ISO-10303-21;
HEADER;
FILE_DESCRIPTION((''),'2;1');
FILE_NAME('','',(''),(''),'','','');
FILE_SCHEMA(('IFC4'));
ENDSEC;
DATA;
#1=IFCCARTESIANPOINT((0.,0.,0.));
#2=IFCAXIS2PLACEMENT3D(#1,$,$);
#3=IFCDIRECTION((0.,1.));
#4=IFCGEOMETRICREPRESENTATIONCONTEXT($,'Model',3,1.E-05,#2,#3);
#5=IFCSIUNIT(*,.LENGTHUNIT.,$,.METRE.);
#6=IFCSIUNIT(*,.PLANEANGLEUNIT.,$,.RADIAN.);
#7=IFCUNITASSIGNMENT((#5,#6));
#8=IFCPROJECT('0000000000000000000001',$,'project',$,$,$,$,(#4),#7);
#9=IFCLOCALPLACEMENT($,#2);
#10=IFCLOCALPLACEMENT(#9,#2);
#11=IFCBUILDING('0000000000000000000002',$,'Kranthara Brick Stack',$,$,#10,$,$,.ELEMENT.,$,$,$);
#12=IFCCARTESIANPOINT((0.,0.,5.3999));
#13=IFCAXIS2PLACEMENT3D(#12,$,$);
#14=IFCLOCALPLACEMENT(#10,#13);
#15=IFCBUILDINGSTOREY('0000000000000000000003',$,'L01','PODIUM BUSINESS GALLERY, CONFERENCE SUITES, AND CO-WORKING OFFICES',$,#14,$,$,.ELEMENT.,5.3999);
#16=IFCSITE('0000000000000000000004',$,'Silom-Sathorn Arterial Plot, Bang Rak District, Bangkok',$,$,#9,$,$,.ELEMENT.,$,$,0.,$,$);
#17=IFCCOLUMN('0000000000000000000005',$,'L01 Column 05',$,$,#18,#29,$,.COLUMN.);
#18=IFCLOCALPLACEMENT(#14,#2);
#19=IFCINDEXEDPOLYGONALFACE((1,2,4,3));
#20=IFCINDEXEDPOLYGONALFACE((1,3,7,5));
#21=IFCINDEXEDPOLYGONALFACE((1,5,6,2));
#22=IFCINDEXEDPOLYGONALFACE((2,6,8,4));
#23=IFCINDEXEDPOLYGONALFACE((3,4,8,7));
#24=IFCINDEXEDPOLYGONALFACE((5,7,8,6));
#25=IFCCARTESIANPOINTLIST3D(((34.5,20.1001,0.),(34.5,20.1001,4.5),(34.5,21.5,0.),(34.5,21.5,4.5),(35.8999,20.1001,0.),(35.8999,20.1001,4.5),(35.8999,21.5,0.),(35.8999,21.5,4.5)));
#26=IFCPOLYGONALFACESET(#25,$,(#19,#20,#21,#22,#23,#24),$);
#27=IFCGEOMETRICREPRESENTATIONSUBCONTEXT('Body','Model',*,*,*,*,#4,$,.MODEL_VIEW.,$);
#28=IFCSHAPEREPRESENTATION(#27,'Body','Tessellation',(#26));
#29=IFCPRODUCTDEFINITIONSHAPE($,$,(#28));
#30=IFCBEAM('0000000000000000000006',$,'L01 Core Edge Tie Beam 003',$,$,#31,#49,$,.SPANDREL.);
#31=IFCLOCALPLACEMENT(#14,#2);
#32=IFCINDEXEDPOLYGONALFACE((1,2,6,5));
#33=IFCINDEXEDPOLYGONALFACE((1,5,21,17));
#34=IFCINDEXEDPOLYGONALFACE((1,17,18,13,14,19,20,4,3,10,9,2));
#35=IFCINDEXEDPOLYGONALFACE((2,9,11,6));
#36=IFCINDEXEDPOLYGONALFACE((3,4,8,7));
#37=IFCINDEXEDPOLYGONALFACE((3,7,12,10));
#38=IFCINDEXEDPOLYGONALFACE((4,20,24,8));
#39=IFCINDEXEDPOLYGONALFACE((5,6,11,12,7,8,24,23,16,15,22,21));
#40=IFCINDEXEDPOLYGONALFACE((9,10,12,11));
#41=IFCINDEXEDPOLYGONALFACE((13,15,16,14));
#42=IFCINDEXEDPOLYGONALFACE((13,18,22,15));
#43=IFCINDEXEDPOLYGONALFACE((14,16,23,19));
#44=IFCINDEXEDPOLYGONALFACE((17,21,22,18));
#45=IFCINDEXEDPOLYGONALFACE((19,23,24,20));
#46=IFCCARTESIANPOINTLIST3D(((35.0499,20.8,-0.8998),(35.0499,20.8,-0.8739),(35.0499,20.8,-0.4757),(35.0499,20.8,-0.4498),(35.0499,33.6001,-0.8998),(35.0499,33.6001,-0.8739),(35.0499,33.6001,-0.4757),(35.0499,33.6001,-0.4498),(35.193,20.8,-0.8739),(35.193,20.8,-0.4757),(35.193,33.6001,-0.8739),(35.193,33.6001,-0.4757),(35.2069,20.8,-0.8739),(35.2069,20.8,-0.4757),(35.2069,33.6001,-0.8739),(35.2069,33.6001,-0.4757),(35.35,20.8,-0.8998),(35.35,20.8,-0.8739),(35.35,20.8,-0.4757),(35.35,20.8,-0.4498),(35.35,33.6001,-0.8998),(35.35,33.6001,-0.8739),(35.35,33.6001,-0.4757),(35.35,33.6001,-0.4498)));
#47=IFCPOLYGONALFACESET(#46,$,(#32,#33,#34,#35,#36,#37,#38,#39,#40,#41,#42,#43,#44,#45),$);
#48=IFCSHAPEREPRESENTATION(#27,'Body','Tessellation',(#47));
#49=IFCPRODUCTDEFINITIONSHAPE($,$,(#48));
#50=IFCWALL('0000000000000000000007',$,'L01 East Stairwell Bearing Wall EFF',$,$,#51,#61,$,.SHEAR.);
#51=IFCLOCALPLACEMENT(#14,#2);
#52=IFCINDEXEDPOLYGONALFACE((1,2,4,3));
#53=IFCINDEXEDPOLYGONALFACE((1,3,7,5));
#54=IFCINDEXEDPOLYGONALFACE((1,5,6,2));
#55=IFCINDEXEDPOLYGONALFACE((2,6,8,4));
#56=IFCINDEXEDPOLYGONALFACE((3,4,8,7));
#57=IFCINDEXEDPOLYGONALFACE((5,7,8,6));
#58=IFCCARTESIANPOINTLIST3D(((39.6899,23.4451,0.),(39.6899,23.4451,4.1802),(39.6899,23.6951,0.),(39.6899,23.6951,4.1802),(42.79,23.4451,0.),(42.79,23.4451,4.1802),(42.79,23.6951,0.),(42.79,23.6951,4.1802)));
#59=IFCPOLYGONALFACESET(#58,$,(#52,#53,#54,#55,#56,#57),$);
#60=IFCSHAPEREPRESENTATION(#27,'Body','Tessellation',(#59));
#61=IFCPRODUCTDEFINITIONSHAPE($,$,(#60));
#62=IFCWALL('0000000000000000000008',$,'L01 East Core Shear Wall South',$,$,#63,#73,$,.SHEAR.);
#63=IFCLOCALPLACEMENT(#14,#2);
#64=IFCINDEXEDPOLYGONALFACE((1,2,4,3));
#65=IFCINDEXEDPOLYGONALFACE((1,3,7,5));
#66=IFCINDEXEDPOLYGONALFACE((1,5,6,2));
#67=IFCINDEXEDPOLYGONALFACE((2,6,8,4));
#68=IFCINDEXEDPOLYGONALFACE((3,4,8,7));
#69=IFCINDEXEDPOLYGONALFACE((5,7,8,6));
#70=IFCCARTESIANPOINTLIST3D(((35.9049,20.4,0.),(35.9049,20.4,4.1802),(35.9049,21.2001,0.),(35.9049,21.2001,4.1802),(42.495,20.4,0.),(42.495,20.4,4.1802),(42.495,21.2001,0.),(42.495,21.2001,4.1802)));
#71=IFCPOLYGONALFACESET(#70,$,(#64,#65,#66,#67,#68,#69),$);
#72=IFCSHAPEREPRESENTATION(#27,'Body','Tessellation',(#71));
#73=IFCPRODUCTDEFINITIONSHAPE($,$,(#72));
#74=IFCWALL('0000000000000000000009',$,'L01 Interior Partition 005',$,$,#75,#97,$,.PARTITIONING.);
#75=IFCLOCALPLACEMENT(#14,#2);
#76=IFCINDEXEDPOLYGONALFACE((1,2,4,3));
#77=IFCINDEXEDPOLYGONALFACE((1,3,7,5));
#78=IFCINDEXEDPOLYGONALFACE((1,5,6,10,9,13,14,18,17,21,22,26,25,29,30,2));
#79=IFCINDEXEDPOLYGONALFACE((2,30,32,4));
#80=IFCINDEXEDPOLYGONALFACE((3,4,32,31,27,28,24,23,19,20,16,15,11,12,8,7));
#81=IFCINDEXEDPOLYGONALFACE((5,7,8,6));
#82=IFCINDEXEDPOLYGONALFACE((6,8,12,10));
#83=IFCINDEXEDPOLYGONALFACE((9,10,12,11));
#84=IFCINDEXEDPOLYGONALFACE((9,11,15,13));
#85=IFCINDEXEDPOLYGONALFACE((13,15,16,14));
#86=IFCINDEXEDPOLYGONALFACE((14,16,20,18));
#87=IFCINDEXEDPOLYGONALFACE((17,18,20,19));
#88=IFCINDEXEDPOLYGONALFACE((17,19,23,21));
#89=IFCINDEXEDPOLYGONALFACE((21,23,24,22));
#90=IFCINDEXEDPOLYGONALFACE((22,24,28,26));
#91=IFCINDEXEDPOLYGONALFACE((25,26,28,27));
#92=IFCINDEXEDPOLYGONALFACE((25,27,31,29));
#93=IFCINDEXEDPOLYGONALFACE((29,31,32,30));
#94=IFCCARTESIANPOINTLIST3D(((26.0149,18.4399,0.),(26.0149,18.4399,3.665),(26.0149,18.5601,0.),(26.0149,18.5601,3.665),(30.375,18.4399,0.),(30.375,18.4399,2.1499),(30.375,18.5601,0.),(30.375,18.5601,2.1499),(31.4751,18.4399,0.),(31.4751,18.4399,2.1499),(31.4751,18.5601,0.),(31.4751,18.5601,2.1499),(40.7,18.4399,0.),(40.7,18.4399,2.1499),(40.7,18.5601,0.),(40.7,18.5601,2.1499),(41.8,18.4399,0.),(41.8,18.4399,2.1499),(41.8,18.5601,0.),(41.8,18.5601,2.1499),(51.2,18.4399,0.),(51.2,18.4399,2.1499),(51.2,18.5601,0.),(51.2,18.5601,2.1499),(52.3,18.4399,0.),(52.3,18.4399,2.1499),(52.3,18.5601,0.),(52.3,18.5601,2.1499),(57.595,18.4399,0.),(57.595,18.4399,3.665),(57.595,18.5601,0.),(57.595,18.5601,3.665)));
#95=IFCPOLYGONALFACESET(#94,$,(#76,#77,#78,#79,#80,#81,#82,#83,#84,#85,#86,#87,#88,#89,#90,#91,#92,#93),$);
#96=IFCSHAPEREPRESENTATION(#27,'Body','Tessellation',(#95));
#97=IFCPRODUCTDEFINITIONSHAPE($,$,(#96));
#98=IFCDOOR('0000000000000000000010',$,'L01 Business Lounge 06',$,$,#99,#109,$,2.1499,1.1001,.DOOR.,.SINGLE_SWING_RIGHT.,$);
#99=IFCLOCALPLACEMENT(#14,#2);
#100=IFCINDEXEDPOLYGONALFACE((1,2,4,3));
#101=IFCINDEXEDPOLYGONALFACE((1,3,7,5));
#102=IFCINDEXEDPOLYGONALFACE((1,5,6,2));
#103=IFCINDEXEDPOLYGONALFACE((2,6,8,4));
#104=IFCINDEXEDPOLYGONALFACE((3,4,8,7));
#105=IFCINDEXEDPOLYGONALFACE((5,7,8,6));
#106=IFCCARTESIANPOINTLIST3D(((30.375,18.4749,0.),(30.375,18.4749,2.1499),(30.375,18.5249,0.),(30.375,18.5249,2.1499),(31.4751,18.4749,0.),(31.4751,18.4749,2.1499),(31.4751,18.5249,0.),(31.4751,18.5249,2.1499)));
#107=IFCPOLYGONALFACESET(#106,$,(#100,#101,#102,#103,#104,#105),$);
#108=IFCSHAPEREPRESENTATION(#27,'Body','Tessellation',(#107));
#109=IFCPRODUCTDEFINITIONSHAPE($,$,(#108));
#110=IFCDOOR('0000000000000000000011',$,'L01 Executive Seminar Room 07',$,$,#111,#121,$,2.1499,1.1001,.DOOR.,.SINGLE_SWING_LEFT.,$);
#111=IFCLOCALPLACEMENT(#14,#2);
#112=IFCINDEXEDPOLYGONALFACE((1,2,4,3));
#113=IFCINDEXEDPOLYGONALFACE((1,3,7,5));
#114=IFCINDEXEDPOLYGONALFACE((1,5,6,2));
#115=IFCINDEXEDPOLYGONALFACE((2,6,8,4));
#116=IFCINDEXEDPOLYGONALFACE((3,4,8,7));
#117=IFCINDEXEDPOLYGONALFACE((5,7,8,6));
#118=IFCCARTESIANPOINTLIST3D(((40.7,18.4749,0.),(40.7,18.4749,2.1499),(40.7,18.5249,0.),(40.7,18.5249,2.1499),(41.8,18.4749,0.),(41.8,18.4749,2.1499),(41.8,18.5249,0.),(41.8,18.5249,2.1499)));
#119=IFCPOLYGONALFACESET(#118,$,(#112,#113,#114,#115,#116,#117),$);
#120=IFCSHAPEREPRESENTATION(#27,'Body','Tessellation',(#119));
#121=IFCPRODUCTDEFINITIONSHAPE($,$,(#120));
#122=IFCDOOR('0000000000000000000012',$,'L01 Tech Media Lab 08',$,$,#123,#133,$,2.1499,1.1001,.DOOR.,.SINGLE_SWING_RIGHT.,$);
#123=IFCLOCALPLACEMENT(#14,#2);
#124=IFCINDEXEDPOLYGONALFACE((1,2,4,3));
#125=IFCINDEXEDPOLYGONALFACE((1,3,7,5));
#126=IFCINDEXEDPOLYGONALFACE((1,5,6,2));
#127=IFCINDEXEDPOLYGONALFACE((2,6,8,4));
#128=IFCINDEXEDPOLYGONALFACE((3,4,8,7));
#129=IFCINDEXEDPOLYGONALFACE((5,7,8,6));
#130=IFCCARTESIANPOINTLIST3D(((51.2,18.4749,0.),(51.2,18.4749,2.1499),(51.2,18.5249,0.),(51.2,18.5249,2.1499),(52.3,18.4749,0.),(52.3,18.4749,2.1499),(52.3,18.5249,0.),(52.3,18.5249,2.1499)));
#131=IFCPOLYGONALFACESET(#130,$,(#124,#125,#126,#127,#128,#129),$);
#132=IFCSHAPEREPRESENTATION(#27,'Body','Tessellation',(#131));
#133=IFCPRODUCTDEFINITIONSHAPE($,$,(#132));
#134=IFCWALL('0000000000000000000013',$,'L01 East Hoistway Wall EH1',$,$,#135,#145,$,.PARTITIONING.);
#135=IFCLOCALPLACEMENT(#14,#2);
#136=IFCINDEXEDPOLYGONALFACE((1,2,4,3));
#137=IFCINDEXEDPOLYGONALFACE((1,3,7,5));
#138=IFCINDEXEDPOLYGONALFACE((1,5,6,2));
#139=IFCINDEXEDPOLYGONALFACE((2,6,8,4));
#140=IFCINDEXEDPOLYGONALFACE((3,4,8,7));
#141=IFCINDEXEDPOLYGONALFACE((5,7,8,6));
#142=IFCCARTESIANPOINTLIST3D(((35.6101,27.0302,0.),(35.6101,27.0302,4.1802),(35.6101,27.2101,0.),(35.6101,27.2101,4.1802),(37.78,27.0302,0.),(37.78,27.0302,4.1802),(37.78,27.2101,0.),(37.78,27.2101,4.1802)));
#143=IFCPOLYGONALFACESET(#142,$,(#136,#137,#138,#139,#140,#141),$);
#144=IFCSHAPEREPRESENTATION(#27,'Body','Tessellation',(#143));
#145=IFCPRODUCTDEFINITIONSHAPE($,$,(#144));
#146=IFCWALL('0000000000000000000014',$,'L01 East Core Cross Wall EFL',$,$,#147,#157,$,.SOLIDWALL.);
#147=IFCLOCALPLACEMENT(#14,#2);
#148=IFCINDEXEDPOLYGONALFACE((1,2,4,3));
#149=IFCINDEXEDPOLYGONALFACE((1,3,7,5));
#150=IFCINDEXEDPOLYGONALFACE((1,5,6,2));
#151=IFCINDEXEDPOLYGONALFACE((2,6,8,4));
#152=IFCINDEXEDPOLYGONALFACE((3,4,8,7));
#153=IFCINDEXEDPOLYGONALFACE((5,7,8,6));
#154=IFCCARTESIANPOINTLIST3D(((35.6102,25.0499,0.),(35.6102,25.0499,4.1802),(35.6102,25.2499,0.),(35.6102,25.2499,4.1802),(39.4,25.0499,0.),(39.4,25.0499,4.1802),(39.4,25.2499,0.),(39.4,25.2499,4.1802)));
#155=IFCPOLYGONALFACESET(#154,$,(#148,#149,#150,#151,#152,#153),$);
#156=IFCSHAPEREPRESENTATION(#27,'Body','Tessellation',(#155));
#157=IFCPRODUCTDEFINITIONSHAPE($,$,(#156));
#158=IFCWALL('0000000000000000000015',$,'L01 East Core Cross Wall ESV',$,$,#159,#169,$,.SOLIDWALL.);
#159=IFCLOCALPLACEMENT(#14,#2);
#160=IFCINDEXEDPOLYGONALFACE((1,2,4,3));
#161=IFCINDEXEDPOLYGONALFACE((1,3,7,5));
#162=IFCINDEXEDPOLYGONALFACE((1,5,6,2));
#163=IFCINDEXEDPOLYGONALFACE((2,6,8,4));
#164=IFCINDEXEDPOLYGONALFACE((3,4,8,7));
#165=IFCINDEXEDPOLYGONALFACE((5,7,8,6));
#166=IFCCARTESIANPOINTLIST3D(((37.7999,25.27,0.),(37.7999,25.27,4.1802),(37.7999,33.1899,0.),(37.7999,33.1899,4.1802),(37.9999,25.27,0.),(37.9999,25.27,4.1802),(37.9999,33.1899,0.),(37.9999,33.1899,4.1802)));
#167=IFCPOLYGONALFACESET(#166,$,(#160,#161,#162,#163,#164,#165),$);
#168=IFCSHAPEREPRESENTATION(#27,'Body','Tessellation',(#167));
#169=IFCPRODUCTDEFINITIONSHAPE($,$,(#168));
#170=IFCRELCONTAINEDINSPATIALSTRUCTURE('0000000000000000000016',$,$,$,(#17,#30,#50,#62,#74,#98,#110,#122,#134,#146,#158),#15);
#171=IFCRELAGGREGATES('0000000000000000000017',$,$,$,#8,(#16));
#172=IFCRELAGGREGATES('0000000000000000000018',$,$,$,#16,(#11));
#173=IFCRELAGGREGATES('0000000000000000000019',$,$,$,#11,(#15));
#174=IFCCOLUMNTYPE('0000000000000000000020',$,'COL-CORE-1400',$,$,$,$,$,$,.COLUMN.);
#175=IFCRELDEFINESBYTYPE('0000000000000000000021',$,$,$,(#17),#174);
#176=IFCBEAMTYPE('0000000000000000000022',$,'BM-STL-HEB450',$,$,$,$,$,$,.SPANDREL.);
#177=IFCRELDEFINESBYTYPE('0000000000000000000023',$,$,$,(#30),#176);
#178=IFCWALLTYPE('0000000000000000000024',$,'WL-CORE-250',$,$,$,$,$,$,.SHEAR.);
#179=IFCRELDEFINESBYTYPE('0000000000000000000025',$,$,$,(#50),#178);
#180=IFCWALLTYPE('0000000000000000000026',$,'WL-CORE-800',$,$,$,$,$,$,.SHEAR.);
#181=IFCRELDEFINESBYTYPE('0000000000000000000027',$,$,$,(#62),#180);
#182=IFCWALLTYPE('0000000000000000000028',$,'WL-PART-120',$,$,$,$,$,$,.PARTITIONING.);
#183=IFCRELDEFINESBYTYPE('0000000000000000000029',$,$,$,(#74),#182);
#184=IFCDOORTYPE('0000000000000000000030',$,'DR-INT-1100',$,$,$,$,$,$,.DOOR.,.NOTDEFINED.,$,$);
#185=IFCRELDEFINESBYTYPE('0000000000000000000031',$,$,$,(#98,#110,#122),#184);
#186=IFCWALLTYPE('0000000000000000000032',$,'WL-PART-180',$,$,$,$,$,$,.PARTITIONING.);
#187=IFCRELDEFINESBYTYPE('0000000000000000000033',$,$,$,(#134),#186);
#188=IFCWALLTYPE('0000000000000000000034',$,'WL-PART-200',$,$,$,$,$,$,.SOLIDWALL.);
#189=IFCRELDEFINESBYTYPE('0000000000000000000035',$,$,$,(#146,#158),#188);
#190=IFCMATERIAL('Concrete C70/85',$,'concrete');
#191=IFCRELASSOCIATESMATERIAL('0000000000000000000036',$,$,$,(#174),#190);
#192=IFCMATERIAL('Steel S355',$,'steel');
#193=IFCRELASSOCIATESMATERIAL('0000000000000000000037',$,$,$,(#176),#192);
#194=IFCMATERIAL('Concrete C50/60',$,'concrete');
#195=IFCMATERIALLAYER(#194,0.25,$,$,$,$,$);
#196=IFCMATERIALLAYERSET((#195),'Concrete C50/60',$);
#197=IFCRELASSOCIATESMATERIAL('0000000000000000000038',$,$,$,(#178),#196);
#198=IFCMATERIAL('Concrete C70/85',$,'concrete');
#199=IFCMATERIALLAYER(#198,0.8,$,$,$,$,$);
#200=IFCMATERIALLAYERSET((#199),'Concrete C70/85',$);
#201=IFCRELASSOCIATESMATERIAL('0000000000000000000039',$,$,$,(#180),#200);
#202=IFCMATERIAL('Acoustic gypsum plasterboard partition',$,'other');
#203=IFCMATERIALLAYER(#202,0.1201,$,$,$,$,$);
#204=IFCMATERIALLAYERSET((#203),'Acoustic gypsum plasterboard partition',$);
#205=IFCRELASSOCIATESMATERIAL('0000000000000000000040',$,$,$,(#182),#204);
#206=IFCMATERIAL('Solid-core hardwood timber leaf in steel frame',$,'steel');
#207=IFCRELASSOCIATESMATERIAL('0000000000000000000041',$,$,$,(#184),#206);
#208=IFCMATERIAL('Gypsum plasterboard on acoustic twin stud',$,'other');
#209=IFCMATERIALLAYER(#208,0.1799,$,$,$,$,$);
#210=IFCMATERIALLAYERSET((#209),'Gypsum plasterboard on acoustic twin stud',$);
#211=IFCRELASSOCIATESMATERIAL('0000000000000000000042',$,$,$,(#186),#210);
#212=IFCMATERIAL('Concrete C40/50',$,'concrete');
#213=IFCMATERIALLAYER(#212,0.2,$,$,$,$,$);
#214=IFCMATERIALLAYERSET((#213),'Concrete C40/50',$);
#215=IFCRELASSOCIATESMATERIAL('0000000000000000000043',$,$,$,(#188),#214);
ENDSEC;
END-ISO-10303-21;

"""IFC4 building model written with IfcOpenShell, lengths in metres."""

from ifc_helpers import new_model, si_unit, direction, frame, frame_2d, origin, origin_2d, place, context, subcontext, project, spatial, rectangle, i_section, extrude, material, layer, layer_set, material_profile, profile_set, type_object, element, fill, save


model = new_model("IFC4")

# Units and contexts
model_context = context("Model", 3, precision=1e-05, world=origin(), true_north=direction((0.0, 1.0)))
body_context = subcontext(model_context, "Body", "Model", "MODEL_VIEW")
ifc_project = project(units=[si_unit("LENGTHUNIT", "METRE"), si_unit("PLANEANGLEUNIT", "RADIAN")], contexts=[model_context])

# Site, building, storey
site_placement = place(None, origin())
site = spatial("IfcSite", under=ifc_project, at=site_placement, Name="Silom-Sathorn Arterial Plot, Bang Rak District, Bangkok", CompositionType="ELEMENT", RefElevation=0.0)
building_placement = place(site_placement, origin())
building = spatial("IfcBuilding", under=site, at=building_placement, Name="Kranthara Brick Stack", CompositionType="ELEMENT")
storey_placement = place(building_placement, frame((0.0, 0.0, 5.3999)))
storey = spatial("IfcBuildingStorey", under=building, at=storey_placement, Name="L01", Description="PODIUM BUSINESS GALLERY, CONFERENCE SUITES, AND CO-WORKING OFFICES", CompositionType="ELEMENT", Elevation=5.3999)

# Column
ifc_material_1 = material(Name="Concrete C70/85", Category="concrete")
ifc_material_profile_1 = material_profile(ifc_material_1, rectangle(XDim=1.3999, YDim=1.3999, at=origin_2d()), Name="RC 1400x1400")
ifc_profile_set_1 = profile_set([ifc_material_profile_1], Name="Concrete C70/85")
column_type = type_object("IfcColumnType", Name="COL-CORE-1400", PredefinedType="COLUMN", material=ifc_profile_set_1)
column_placement = place(storey_placement, frame((35.2, 20.8, 0.0), z_axis=(0.0, 0.0, 1.0), x_axis=(1.0, 0.0, 0.0)))
element("IfcColumn", 1, at=column_placement, inside=storey, type_object=column_type, Name="L01 Column 05", PredefinedType="COLUMN", context=body_context, shape_type="SweptSolid", body=[
    extrude(rectangle(XDim=1.3999, YDim=1.3999, at=origin_2d()), origin(), (0.0, 0.0, 1.0), 4.5),
])

# Beam
ifc_material_2 = material(Name="Steel S355", Category="steel")
ifc_material_profile_2 = material_profile(ifc_material_2, i_section(OverallWidth=0.3, OverallDepth=0.45, WebThickness=0.0139, FlangeThickness=0.0259, at=origin_2d()), Name="HEB 450")
ifc_profile_set_2 = profile_set([ifc_material_profile_2], Name="Steel S355")
beam_type = type_object("IfcBeamType", Name="BM-STL-HEB450", PredefinedType="SPANDREL", material=ifc_profile_set_2)
beam_placement = place(storey_placement, frame((35.2, 20.8, -0.6748), z_axis=(0.0, 1.0, 0.0), x_axis=(-1.0, 0.0, 0.0)))
element("IfcBeam", 2, at=beam_placement, inside=storey, type_object=beam_type, Name="L01 Core Edge Tie Beam 003", PredefinedType="SPANDREL", context=body_context, shape_type="SweptSolid", body=[
    extrude(i_section(OverallWidth=0.3, OverallDepth=0.45, WebThickness=0.0139, FlangeThickness=0.0259, at=origin_2d()), origin(), (0.0, 0.0, 1.0), 12.8),
])

# Shared definitions
ifc_material_3 = material(Name="Concrete C50/60", Category="concrete")
ifc_layer_1 = layer(ifc_material_3, 0.25)
ifc_layer_set_1 = layer_set([ifc_layer_1], Name="Concrete C50/60")
wall_type_1 = type_object("IfcWallType", Name="WL-CORE-250", PredefinedType="SHEAR", material=ifc_layer_set_1)

# Walls
wall_1_placement = place(storey_placement, frame((39.6899, 23.5701, 0.0), z_axis=(0.0, 0.0, 1.0), x_axis=(1.0, 0.0, 0.0)))
element("IfcWall", 3, at=wall_1_placement, inside=storey, type_object=wall_type_1, Name="L01 East Stairwell Bearing Wall EFF", PredefinedType="SHEAR", context=body_context, shape_type="SweptSolid", body=[
    extrude(rectangle(XDim=3.1001, YDim=0.25, at=frame_2d((1.55, 0.0))), origin(), (0.0, 0.0, 1.0), 4.1802),
])
ifc_material_4 = material(Name="Concrete C70/85", Category="concrete")
ifc_layer_2 = layer(ifc_material_4, 0.8)
ifc_layer_set_2 = layer_set([ifc_layer_2], Name="Concrete C70/85")
wall_type_2 = type_object("IfcWallType", Name="WL-CORE-800", PredefinedType="SHEAR", material=ifc_layer_set_2)
wall_2_placement = place(storey_placement, frame((35.905, 20.8, 0.0), z_axis=(0.0, 0.0, 1.0), x_axis=(1.0, 0.0, 0.0)))
element("IfcWall", 4, at=wall_2_placement, inside=storey, type_object=wall_type_2, Name="L01 East Core Shear Wall South", PredefinedType="SHEAR", context=body_context, shape_type="SweptSolid", body=[
    extrude(rectangle(XDim=6.5901, YDim=0.8, at=frame_2d((3.2949, 0.0))), origin(), (0.0, 0.0, 1.0), 4.1802),
])

# Wall, openings, doors
ifc_material_5 = material(Name="Acoustic gypsum plasterboard partition", Category="other")
ifc_layer_3 = layer(ifc_material_5, 0.1201)
ifc_layer_set_3 = layer_set([ifc_layer_3], Name="Acoustic gypsum plasterboard partition")
wall_type_3 = type_object("IfcWallType", Name="WL-PART-120", PredefinedType="PARTITIONING", material=ifc_layer_set_3)
wall_3_placement = place(storey_placement, frame((26.0149, 18.5, 0.0), z_axis=(0.0, 0.0, 1.0), x_axis=(1.0, 0.0, 0.0)))
wall_3 = element("IfcWall", 5, at=wall_3_placement, inside=storey, type_object=wall_type_3, Name="L01 Interior Partition 005", PredefinedType="PARTITIONING", context=body_context, shape_type="SweptSolid", body=[
    extrude(rectangle(XDim=31.5801, YDim=0.1201, at=frame_2d((15.79, 0.0))), origin(), (0.0, 0.0, 1.0), 3.665),
])
opening_1_placement = place(wall_3_placement, frame((4.3601, 0.0, 0.0)))
opening_1 = element("IfcOpeningElement", 6, at=opening_1_placement, cuts=wall_3, PredefinedType="OPENING", context=body_context, shape_type="SweptSolid", body=[
    extrude(rectangle(XDim=1.1001, YDim=2.1499, at=frame_2d((0.55, 1.075))), frame((0.0, 0.0701, 0.0), z_axis=(0.0, -1.0, 0.0), x_axis=(1.0, 0.0, 0.0)), (0.0, 0.0, 1.0), 0.1401),
])
opening_2_placement = place(wall_3_placement, frame((14.6851, 0.0, 0.0)))
opening_2 = element("IfcOpeningElement", 7, at=opening_2_placement, cuts=wall_3, PredefinedType="OPENING", context=body_context, shape_type="SweptSolid", body=[
    extrude(rectangle(XDim=1.1001, YDim=2.1499, at=frame_2d((0.55, 1.075))), frame((0.0, 0.0701, 0.0), z_axis=(0.0, -1.0, 0.0), x_axis=(1.0, 0.0, 0.0)), (0.0, 0.0, 1.0), 0.1401),
])
opening_3_placement = place(wall_3_placement, frame((25.1851, 0.0, 0.0)))
opening_3 = element("IfcOpeningElement", 8, at=opening_3_placement, cuts=wall_3, PredefinedType="OPENING", context=body_context, shape_type="SweptSolid", body=[
    extrude(rectangle(XDim=1.1001, YDim=2.1499, at=frame_2d((0.55, 1.075))), frame((0.0, 0.0701, 0.0), z_axis=(0.0, -1.0, 0.0), x_axis=(1.0, 0.0, 0.0)), (0.0, 0.0, 1.0), 0.1401),
])
ifc_material_6 = material(Name="Solid-core hardwood timber leaf in steel frame", Category="steel")
door_type_1 = type_object("IfcDoorType", Name="DR-INT-1100", OperationType="NOTDEFINED", PredefinedType="DOOR", material=ifc_material_6)
door_1_placement = place(opening_1_placement, origin())
door_1 = element("IfcDoor", 9, at=door_1_placement, inside=storey, type_object=door_type_1, Name="L01 Business Lounge 06", OperationType="SINGLE_SWING_RIGHT", OverallHeight=2.1499, OverallWidth=1.1001, PredefinedType="DOOR", context=body_context, shape_type="SweptSolid", body=[
    extrude(rectangle(XDim=1.1001, YDim=2.1499, at=frame_2d((0.55, 1.075))), frame((0.0, 0.0249, 0.0), z_axis=(0.0, -1.0, 0.0), x_axis=(1.0, 0.0, 0.0)), (0.0, 0.0, 1.0), 0.05),
])
fill(opening_1, door_1)
door_2_placement = place(opening_2_placement, origin())
door_2 = element("IfcDoor", 10, at=door_2_placement, inside=storey, type_object=door_type_1, Name="L01 Executive Seminar Room 07", OperationType="SINGLE_SWING_LEFT", OverallHeight=2.1499, OverallWidth=1.1001, PredefinedType="DOOR", context=body_context, shape_type="SweptSolid", body=[
    extrude(rectangle(XDim=1.1001, YDim=2.1499, at=frame_2d((0.55, 1.075))), frame((0.0, 0.0249, 0.0), z_axis=(0.0, -1.0, 0.0), x_axis=(1.0, 0.0, 0.0)), (0.0, 0.0, 1.0), 0.05),
])
fill(opening_2, door_2)
door_3_placement = place(opening_3_placement, origin())
door_3 = element("IfcDoor", 11, at=door_3_placement, inside=storey, type_object=door_type_1, Name="L01 Tech Media Lab 08", OperationType="SINGLE_SWING_RIGHT", OverallHeight=2.1499, OverallWidth=1.1001, PredefinedType="DOOR", context=body_context, shape_type="SweptSolid", body=[
    extrude(rectangle(XDim=1.1001, YDim=2.1499, at=frame_2d((0.55, 1.075))), frame((0.0, 0.0249, 0.0), z_axis=(0.0, -1.0, 0.0), x_axis=(1.0, 0.0, 0.0)), (0.0, 0.0, 1.0), 0.05),
])
fill(opening_3, door_3)

# Walls
ifc_material_7 = material(Name="Gypsum plasterboard on acoustic twin stud", Category="other")
ifc_layer_4 = layer(ifc_material_7, 0.1799)
ifc_layer_set_4 = layer_set([ifc_layer_4], Name="Gypsum plasterboard on acoustic twin stud")
wall_type_4 = type_object("IfcWallType", Name="WL-PART-180", PredefinedType="PARTITIONING", material=ifc_layer_set_4)
wall_4_placement = place(storey_placement, frame((35.6101, 27.1201, 0.0), z_axis=(0.0, 0.0, 1.0), x_axis=(1.0, 0.0, 0.0)))
element("IfcWall", 12, at=wall_4_placement, inside=storey, type_object=wall_type_4, Name="L01 East Hoistway Wall EH1", PredefinedType="PARTITIONING", context=body_context, shape_type="SweptSolid", body=[
    extrude(rectangle(XDim=2.1699, YDim=0.1799, at=frame_2d((1.085, 0.0))), origin(), (0.0, 0.0, 1.0), 4.1802),
])
ifc_material_8 = material(Name="Concrete C40/50", Category="concrete")
ifc_layer_5 = layer(ifc_material_8, 0.2)
ifc_layer_set_5 = layer_set([ifc_layer_5], Name="Concrete C40/50")
wall_type_5 = type_object("IfcWallType", Name="WL-PART-200", PredefinedType="SOLIDWALL", material=ifc_layer_set_5)
wall_5_placement = place(storey_placement, frame((35.6101, 25.1499, 0.0), z_axis=(0.0, 0.0, 1.0), x_axis=(1.0, 0.0, 0.0)))
element("IfcWall", 13, at=wall_5_placement, inside=storey, type_object=wall_type_5, Name="L01 East Core Cross Wall EFL", PredefinedType="SOLIDWALL", context=body_context, shape_type="SweptSolid", body=[
    extrude(rectangle(XDim=3.7898, YDim=0.2, at=frame_2d((1.895, 0.0))), origin(), (0.0, 0.0, 1.0), 4.1802),
])
wall_6_placement = place(storey_placement, frame((37.8999, 25.27, 0.0), z_axis=(0.0, 0.0, 1.0), x_axis=(0.0, 1.0, 0.0)))
element("IfcWall", 14, at=wall_6_placement, inside=storey, type_object=wall_type_5, Name="L01 East Core Cross Wall ESV", PredefinedType="SOLIDWALL", context=body_context, shape_type="SweptSolid", body=[
    extrude(rectangle(XDim=7.9199, YDim=0.2, at=frame_2d((3.96, 0.0))), origin(), (0.0, 0.0, 1.0), 4.1802),
])

save(model, "model.ifc")
